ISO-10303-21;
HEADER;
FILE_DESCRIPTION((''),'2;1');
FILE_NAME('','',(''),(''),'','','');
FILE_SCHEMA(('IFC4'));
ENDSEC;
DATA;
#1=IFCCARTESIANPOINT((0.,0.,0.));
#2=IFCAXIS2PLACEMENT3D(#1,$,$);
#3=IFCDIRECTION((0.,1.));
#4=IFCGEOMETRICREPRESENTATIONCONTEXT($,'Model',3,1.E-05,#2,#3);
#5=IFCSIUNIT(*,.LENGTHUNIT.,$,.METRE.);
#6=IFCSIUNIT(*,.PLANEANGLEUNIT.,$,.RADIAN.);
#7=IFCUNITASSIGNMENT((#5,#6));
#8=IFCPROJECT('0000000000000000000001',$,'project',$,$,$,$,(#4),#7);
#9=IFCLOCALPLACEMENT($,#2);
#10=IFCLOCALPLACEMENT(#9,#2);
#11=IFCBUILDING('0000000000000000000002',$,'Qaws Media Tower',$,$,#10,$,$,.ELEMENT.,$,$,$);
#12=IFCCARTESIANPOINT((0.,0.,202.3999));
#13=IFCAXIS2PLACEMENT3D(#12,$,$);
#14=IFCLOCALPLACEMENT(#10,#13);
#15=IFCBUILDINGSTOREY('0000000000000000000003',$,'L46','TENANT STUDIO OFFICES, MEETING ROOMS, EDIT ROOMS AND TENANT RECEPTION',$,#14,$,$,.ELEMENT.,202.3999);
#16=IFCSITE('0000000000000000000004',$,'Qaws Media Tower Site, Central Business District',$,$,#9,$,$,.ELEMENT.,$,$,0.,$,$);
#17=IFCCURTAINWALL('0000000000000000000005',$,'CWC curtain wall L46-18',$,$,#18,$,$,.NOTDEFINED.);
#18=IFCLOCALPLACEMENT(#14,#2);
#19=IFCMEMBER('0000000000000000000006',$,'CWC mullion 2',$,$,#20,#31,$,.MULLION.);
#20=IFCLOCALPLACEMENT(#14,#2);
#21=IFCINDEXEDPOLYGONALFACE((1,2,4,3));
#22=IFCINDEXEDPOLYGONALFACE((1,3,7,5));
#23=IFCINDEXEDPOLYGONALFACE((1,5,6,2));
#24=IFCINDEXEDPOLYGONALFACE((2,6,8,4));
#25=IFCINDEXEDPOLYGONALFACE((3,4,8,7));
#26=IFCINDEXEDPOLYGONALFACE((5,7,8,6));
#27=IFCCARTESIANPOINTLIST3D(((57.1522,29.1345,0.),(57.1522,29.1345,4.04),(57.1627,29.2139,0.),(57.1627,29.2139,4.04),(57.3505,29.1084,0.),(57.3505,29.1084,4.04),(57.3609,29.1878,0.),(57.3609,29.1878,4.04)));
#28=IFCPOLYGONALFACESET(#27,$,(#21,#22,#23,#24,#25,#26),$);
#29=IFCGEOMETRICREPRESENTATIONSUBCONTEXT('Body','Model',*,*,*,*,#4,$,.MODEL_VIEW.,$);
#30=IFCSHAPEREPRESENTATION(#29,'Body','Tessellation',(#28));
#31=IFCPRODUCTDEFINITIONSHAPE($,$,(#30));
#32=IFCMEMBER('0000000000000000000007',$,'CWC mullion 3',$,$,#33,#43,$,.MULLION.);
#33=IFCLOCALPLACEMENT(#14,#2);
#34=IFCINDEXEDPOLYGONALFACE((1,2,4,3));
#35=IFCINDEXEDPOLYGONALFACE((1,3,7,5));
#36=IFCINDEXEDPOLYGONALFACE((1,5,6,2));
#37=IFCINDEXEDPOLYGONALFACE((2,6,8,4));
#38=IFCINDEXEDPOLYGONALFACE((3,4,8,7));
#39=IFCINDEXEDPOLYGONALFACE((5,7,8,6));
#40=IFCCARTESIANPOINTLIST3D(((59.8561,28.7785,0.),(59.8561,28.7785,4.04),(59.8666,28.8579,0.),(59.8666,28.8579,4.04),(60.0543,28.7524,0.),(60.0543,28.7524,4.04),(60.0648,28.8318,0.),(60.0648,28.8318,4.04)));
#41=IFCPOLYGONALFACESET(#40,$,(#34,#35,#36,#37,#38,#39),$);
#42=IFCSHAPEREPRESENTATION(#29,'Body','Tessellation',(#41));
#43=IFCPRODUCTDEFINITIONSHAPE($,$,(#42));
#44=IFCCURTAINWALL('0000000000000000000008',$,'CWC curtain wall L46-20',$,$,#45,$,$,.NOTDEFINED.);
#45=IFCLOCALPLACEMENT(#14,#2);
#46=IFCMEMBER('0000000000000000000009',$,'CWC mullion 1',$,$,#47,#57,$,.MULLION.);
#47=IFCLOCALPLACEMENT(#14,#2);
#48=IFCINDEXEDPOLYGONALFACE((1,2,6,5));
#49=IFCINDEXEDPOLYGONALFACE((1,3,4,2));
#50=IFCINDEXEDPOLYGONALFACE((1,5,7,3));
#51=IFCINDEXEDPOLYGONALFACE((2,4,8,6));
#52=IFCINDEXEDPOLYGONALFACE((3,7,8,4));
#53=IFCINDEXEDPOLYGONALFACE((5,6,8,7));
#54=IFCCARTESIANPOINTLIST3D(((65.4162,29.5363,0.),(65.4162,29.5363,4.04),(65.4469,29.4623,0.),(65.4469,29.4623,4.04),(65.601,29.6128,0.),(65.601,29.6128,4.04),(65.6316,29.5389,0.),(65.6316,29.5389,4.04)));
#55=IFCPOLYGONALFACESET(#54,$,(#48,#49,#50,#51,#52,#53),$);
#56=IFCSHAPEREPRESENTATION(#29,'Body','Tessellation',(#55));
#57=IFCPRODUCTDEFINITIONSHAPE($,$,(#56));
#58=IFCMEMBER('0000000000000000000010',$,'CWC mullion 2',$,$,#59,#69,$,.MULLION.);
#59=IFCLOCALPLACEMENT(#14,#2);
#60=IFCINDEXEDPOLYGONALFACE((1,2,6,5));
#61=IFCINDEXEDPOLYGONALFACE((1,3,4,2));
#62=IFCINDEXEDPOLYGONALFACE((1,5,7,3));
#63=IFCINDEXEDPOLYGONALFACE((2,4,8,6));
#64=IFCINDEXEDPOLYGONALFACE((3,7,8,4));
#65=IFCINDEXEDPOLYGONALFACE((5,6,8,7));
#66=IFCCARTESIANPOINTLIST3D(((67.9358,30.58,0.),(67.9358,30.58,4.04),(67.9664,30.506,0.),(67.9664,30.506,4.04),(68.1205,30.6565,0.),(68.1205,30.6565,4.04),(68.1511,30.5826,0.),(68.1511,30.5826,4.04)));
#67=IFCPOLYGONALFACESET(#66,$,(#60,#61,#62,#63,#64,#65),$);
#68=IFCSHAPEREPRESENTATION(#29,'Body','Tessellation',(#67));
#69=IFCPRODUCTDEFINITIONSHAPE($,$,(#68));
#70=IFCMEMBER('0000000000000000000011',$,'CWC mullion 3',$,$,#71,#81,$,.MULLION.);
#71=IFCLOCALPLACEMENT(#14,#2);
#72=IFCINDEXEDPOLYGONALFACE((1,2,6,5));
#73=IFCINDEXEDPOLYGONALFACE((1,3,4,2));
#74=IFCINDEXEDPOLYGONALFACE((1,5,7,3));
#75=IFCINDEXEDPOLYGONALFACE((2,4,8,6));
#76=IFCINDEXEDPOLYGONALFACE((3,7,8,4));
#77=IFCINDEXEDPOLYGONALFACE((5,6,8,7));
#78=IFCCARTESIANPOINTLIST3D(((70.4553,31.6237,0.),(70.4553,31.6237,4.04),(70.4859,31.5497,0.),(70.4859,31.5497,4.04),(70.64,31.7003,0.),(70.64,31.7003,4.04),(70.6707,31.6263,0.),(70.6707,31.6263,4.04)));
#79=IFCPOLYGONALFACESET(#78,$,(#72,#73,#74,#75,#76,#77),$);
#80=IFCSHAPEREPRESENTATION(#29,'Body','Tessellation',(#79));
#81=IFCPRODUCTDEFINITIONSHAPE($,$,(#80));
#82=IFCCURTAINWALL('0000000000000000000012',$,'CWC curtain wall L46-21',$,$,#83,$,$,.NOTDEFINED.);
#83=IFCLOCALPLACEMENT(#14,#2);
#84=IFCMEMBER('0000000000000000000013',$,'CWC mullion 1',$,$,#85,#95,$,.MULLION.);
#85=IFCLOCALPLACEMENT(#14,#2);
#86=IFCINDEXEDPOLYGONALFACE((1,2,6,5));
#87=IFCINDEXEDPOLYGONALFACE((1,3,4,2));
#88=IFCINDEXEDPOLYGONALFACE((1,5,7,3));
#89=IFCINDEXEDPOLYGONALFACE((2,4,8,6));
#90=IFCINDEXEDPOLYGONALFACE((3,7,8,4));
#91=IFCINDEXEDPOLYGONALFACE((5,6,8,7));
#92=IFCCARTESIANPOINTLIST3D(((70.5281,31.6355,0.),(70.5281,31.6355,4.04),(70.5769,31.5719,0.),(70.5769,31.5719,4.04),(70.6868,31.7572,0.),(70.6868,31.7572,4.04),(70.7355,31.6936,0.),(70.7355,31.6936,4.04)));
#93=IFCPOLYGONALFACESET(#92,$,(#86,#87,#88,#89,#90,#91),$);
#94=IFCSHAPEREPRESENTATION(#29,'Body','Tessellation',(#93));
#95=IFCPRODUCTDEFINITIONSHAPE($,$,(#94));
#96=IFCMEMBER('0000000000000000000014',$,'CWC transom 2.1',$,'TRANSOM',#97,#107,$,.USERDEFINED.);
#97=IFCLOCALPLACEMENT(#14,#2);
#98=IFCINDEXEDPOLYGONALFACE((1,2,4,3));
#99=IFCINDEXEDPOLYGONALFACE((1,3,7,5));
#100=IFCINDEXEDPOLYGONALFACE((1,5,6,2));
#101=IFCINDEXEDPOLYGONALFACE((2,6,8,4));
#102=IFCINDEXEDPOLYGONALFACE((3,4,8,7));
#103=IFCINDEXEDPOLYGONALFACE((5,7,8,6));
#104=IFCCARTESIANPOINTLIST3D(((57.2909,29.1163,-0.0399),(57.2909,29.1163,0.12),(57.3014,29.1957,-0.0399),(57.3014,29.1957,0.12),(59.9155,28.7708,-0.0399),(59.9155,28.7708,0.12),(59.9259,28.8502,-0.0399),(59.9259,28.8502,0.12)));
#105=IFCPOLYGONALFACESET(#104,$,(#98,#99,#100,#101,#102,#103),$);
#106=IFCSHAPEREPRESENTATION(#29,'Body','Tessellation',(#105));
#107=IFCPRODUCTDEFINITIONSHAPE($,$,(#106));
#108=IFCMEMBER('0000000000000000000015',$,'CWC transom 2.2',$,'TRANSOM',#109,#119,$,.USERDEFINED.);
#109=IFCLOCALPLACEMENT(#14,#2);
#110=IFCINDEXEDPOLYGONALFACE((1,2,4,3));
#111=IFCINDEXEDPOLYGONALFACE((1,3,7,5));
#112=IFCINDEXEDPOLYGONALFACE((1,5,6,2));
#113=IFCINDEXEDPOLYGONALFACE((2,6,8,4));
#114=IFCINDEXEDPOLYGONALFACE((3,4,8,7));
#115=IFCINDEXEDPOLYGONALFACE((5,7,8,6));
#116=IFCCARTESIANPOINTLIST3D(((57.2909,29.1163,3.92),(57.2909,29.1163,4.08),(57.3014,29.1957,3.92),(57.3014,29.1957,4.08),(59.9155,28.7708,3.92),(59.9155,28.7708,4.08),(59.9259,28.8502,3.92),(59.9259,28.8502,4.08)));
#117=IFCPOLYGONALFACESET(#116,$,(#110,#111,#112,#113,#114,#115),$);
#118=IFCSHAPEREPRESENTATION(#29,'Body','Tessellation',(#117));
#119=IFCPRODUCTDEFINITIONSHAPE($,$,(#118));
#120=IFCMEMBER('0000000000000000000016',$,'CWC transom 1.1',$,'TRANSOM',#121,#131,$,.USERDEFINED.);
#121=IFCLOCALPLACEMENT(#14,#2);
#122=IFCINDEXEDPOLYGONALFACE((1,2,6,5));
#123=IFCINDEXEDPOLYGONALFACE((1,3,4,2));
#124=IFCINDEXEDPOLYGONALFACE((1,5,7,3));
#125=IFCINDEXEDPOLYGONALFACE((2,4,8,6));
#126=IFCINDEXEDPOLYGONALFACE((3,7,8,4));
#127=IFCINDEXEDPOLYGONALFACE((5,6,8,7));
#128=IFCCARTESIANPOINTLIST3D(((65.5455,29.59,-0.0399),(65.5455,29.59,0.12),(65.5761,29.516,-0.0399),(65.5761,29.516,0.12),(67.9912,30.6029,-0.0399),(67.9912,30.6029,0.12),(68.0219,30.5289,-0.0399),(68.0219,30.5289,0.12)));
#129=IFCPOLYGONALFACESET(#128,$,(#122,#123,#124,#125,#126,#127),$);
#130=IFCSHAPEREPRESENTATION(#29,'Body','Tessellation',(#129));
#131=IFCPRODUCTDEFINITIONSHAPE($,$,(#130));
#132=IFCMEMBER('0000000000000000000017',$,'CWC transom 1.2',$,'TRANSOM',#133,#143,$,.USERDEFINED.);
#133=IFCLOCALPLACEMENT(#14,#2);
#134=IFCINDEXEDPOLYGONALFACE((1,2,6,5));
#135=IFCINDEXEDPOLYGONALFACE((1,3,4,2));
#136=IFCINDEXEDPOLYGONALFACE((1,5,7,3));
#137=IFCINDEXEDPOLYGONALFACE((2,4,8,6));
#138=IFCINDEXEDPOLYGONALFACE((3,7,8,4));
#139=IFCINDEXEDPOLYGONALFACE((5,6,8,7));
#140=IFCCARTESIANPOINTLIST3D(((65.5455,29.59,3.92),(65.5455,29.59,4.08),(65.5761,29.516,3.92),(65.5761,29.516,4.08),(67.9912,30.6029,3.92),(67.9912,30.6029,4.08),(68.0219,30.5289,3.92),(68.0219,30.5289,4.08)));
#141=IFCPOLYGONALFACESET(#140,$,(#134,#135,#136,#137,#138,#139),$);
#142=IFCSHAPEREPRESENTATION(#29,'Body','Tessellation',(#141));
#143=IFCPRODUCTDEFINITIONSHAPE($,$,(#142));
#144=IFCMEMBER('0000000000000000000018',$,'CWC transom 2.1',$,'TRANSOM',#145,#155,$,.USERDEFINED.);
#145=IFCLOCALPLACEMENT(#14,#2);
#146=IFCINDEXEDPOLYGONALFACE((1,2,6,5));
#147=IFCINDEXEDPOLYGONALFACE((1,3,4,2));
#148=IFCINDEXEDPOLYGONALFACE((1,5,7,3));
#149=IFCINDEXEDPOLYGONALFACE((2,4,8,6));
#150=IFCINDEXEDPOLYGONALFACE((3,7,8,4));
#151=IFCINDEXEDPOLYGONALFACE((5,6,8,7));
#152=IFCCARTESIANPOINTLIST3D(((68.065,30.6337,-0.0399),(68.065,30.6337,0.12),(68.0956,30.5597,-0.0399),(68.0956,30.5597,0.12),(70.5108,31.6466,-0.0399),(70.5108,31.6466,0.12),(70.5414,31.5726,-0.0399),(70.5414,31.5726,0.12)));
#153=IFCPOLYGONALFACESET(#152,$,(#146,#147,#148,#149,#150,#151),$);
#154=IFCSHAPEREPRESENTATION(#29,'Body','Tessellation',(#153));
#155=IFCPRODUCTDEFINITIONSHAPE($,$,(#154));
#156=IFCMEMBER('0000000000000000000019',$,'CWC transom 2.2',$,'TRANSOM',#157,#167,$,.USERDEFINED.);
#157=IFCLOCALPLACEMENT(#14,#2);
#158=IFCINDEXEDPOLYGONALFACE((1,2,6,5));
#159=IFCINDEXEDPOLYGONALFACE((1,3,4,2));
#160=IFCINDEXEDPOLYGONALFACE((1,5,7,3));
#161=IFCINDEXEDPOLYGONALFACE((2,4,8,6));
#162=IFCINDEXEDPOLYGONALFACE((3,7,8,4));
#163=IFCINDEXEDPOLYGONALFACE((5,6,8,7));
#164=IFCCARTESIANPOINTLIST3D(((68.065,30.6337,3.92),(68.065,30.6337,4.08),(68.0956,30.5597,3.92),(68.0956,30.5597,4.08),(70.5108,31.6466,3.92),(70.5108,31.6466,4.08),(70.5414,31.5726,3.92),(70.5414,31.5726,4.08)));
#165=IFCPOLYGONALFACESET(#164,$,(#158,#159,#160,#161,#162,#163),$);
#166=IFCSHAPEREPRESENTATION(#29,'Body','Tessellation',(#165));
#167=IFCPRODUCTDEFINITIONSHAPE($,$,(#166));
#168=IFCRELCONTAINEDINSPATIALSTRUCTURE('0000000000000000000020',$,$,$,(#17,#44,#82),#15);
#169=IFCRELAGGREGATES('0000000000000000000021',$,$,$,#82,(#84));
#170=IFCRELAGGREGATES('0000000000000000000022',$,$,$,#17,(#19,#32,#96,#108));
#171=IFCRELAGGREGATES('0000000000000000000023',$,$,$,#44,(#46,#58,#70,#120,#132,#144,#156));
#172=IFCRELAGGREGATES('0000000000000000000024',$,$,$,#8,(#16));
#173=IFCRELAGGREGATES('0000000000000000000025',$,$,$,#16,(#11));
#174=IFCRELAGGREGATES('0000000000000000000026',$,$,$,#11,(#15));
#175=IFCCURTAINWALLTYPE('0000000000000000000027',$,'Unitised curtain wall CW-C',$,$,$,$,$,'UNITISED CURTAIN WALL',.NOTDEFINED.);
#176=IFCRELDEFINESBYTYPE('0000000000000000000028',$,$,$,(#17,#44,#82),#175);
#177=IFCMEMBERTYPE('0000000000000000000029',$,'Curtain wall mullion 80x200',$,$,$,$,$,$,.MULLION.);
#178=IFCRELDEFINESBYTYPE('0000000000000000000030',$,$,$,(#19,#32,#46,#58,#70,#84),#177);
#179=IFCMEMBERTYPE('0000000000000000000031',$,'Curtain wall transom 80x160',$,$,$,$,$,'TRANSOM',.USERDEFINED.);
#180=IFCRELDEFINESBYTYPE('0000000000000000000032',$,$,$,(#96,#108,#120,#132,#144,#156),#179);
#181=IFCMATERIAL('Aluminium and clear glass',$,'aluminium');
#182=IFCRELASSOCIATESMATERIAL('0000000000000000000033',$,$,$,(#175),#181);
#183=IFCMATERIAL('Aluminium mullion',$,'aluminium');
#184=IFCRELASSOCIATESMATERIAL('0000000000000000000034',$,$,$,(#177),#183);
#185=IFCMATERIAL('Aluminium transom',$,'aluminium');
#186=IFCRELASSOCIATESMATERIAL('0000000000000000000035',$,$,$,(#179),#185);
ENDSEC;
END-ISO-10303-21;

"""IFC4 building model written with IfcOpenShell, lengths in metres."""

from ifc_helpers import new_model, si_unit, direction, frame, origin, origin_2d, place, context, subcontext, project, spatial, rectangle, extrude, material, material_profile, profile_set, type_object, element, aggregate, save


model = new_model("IFC4")

# Units and contexts
model_context = context("Model", 3, precision=1e-05, world=origin(), true_north=direction((0.0, 1.0)))
body_context = subcontext(model_context, "Body", "Model", "MODEL_VIEW")
ifc_project = project(units=[si_unit("LENGTHUNIT", "METRE"), si_unit("PLANEANGLEUNIT", "RADIAN")], contexts=[model_context])

# Site, building, storey
site_placement = place(None, origin())
site = spatial("IfcSite", under=ifc_project, at=site_placement, Name="Qaws Media Tower Site, Central Business District", CompositionType="ELEMENT", RefElevation=0.0)
building_placement = place(site_placement, origin())
building = spatial("IfcBuilding", under=site, at=building_placement, Name="Qaws Media Tower", CompositionType="ELEMENT")
storey_placement = place(building_placement, frame((0.0, 0.0, 202.3999)))
storey = spatial("IfcBuildingStorey", under=building, at=storey_placement, Name="L46", Description="TENANT STUDIO OFFICES, MEETING ROOMS, EDIT ROOMS AND TENANT RECEPTION", CompositionType="ELEMENT", Elevation=202.3999)

# Curtain walls, members
ifc_material_1 = material(Name="Aluminium and clear glass", Category="aluminium")
curtain_wall_type = type_object("IfcCurtainWallType", Name="Unitised curtain wall CW-C", ElementType="UNITISED CURTAIN WALL", PredefinedType="NOTDEFINED", material=ifc_material_1)
curtain_wall_1_placement = place(storey_placement, origin())
curtain_wall_1 = element("IfcCurtainWall", 1, at=curtain_wall_1_placement, inside=storey, type_object=curtain_wall_type, Name="CWC curtain wall L46-18", PredefinedType="NOTDEFINED")
ifc_material_2 = material(Name="Aluminium mullion", Category="aluminium")
ifc_material_profile_1 = material_profile(ifc_material_2, rectangle(XDim=0.0801, YDim=0.2, at=origin_2d()), Name="80x200")
ifc_profile_set_1 = profile_set([ifc_material_profile_1], Name="Aluminium mullion")
member_type_1 = type_object("IfcMemberType", Name="Curtain wall mullion 80x200", PredefinedType="MULLION", material=ifc_profile_set_1)
member_1_placement = place(storey_placement, frame((57.2566, 29.1611, 0.0), z_axis=(0.0, 0.0, 1.0), x_axis=(0.130526, 0.991445, 0.0)))
member_1 = element("IfcMember", 2, at=member_1_placement, type_object=member_type_1, Name="CWC mullion 2", PredefinedType="MULLION", context=body_context, shape_type="SweptSolid", body=[
    extrude(rectangle(XDim=0.0801, YDim=0.2, at=origin_2d()), origin(), (0.0, 0.0, 1.0), 4.04),
])
member_2_placement = place(storey_placement, frame((59.9604, 28.8052, 0.0), z_axis=(0.0, 0.0, 1.0), x_axis=(0.130526, 0.991445, 0.0)))
member_2 = element("IfcMember", 3, at=member_2_placement, type_object=member_type_1, Name="CWC mullion 3", PredefinedType="MULLION", context=body_context, shape_type="SweptSolid", body=[
    extrude(rectangle(XDim=0.0801, YDim=0.2, at=origin_2d()), origin(), (0.0, 0.0, 1.0), 4.04),
])
curtain_wall_2_placement = place(storey_placement, origin())
curtain_wall_2 = element("IfcCurtainWall", 4, at=curtain_wall_2_placement, inside=storey, type_object=curtain_wall_type, Name="CWC curtain wall L46-20", PredefinedType="NOTDEFINED")
member_3_placement = place(storey_placement, frame((65.5239, 29.5376, 0.0), z_axis=(0.0, 0.0, 1.0), x_axis=(-0.382683, 0.92388, 0.0)))
member_3 = element("IfcMember", 5, at=member_3_placement, type_object=member_type_1, Name="CWC mullion 1", PredefinedType="MULLION", context=body_context, shape_type="SweptSolid", body=[
    extrude(rectangle(XDim=0.0801, YDim=0.2, at=origin_2d()), origin(), (0.0, 0.0, 1.0), 4.04),
])
member_4_placement = place(storey_placement, frame((68.0435, 30.5813, 0.0), z_axis=(0.0, 0.0, 1.0), x_axis=(-0.382683, 0.92388, 0.0)))
member_4 = element("IfcMember", 6, at=member_4_placement, type_object=member_type_1, Name="CWC mullion 2", PredefinedType="MULLION", context=body_context, shape_type="SweptSolid", body=[
    extrude(rectangle(XDim=0.0801, YDim=0.2, at=origin_2d()), origin(), (0.0, 0.0, 1.0), 4.04),
])
member_5_placement = place(storey_placement, frame((70.563, 31.625, 0.0), z_axis=(0.0, 0.0, 1.0), x_axis=(-0.382683, 0.92388, 0.0)))
member_5 = element("IfcMember", 7, at=member_5_placement, type_object=member_type_1, Name="CWC mullion 3", PredefinedType="MULLION", context=body_context, shape_type="SweptSolid", body=[
    extrude(rectangle(XDim=0.0801, YDim=0.2, at=origin_2d()), origin(), (0.0, 0.0, 1.0), 4.04),
])

# Curtain wall, member
curtain_wall_3_placement = place(storey_placement, origin())
curtain_wall_3 = element("IfcCurtainWall", 8, at=curtain_wall_3_placement, inside=storey, type_object=curtain_wall_type, Name="CWC curtain wall L46-21", PredefinedType="NOTDEFINED")
member_6_placement = place(storey_placement, frame((70.6318, 31.6646, 0.0), z_axis=(0.0, 0.0, 1.0), x_axis=(-0.608761, 0.793353, 0.0)))
member_6 = element("IfcMember", 9, at=member_6_placement, type_object=member_type_1, Name="CWC mullion 1", PredefinedType="MULLION", context=body_context, shape_type="SweptSolid", body=[
    extrude(rectangle(XDim=0.0801, YDim=0.2, at=origin_2d()), origin(), (0.0, 0.0, 1.0), 4.04),
])
aggregate(curtain_wall_3, [member_6])

# Members
ifc_material_3 = material(Name="Aluminium transom", Category="aluminium")
ifc_material_profile_2 = material_profile(ifc_material_3, rectangle(XDim=0.0801, YDim=0.1599, at=origin_2d()), Name="80x160")
ifc_profile_set_2 = profile_set([ifc_material_profile_2], Name="Aluminium transom")
member_type_2 = type_object("IfcMemberType", Name="Curtain wall transom 80x160", ElementType="TRANSOM", PredefinedType="USERDEFINED", material=ifc_profile_set_2)
member_7_placement = place(storey_placement, frame((57.2961, 29.156, 0.04), z_axis=(0.991448, -0.130502, 0.0), x_axis=(0.130502, 0.991448, 0.0)))
member_7 = element("IfcMember", 10, at=member_7_placement, type_object=member_type_2, Name="CWC transom 2.1", ObjectType="TRANSOM", PredefinedType="USERDEFINED", context=body_context, shape_type="SweptSolid", body=[
    extrude(rectangle(XDim=0.0801, YDim=0.1599, at=origin_2d()), origin(), (0.0, 0.0, 1.0), 2.6472),
])
member_8_placement = place(storey_placement, frame((57.2961, 29.156, 4.0), z_axis=(0.991448, -0.130502, 0.0), x_axis=(0.130502, 0.991448, 0.0)))
member_8 = element("IfcMember", 11, at=member_8_placement, type_object=member_type_2, Name="CWC transom 2.2", ObjectType="TRANSOM", PredefinedType="USERDEFINED", context=body_context, shape_type="SweptSolid", body=[
    extrude(rectangle(XDim=0.0801, YDim=0.1599, at=origin_2d()), origin(), (0.0, 0.0, 1.0), 2.6472),
])
member_9_placement = place(storey_placement, frame((65.5608, 29.553, 0.04), z_axis=(0.923899, 0.382637, 0.0), x_axis=(-0.382637, 0.923899, 0.0)))
member_9 = element("IfcMember", 12, at=member_9_placement, type_object=member_type_2, Name="CWC transom 1.1", ObjectType="TRANSOM", PredefinedType="USERDEFINED", context=body_context, shape_type="SweptSolid", body=[
    extrude(rectangle(XDim=0.0801, YDim=0.1599, at=origin_2d()), origin(), (0.0, 0.0, 1.0), 2.6472),
])
member_10_placement = place(storey_placement, frame((65.5608, 29.553, 4.0), z_axis=(0.923899, 0.382637, 0.0), x_axis=(-0.382637, 0.923899, 0.0)))
member_10 = element("IfcMember", 13, at=member_10_placement, type_object=member_type_2, Name="CWC transom 1.2", ObjectType="TRANSOM", PredefinedType="USERDEFINED", context=body_context, shape_type="SweptSolid", body=[
    extrude(rectangle(XDim=0.0801, YDim=0.1599, at=origin_2d()), origin(), (0.0, 0.0, 1.0), 2.6472),
])
member_11_placement = place(storey_placement, frame((68.0803, 30.5967, 0.04), z_axis=(0.923899, 0.382637, 0.0), x_axis=(-0.382637, 0.923899, 0.0)))
member_11 = element("IfcMember", 14, at=member_11_placement, type_object=member_type_2, Name="CWC transom 2.1", ObjectType="TRANSOM", PredefinedType="USERDEFINED", context=body_context, shape_type="SweptSolid", body=[
    extrude(rectangle(XDim=0.0801, YDim=0.1599, at=origin_2d()), origin(), (0.0, 0.0, 1.0), 2.6472),
])
member_12_placement = place(storey_placement, frame((68.0803, 30.5967, 4.0), z_axis=(0.923899, 0.382637, 0.0), x_axis=(-0.382637, 0.923899, 0.0)))
member_12 = element("IfcMember", 15, at=member_12_placement, type_object=member_type_2, Name="CWC transom 2.2", ObjectType="TRANSOM", PredefinedType="USERDEFINED", context=body_context, shape_type="SweptSolid", body=[
    extrude(rectangle(XDim=0.0801, YDim=0.1599, at=origin_2d()), origin(), (0.0, 0.0, 1.0), 2.6472),
])

aggregate(curtain_wall_1, [member_1, member_2, member_7, member_8])
aggregate(curtain_wall_2, [member_3, member_4, member_5, member_9, member_10, member_11, member_12])

save(model, "model.ifc")
